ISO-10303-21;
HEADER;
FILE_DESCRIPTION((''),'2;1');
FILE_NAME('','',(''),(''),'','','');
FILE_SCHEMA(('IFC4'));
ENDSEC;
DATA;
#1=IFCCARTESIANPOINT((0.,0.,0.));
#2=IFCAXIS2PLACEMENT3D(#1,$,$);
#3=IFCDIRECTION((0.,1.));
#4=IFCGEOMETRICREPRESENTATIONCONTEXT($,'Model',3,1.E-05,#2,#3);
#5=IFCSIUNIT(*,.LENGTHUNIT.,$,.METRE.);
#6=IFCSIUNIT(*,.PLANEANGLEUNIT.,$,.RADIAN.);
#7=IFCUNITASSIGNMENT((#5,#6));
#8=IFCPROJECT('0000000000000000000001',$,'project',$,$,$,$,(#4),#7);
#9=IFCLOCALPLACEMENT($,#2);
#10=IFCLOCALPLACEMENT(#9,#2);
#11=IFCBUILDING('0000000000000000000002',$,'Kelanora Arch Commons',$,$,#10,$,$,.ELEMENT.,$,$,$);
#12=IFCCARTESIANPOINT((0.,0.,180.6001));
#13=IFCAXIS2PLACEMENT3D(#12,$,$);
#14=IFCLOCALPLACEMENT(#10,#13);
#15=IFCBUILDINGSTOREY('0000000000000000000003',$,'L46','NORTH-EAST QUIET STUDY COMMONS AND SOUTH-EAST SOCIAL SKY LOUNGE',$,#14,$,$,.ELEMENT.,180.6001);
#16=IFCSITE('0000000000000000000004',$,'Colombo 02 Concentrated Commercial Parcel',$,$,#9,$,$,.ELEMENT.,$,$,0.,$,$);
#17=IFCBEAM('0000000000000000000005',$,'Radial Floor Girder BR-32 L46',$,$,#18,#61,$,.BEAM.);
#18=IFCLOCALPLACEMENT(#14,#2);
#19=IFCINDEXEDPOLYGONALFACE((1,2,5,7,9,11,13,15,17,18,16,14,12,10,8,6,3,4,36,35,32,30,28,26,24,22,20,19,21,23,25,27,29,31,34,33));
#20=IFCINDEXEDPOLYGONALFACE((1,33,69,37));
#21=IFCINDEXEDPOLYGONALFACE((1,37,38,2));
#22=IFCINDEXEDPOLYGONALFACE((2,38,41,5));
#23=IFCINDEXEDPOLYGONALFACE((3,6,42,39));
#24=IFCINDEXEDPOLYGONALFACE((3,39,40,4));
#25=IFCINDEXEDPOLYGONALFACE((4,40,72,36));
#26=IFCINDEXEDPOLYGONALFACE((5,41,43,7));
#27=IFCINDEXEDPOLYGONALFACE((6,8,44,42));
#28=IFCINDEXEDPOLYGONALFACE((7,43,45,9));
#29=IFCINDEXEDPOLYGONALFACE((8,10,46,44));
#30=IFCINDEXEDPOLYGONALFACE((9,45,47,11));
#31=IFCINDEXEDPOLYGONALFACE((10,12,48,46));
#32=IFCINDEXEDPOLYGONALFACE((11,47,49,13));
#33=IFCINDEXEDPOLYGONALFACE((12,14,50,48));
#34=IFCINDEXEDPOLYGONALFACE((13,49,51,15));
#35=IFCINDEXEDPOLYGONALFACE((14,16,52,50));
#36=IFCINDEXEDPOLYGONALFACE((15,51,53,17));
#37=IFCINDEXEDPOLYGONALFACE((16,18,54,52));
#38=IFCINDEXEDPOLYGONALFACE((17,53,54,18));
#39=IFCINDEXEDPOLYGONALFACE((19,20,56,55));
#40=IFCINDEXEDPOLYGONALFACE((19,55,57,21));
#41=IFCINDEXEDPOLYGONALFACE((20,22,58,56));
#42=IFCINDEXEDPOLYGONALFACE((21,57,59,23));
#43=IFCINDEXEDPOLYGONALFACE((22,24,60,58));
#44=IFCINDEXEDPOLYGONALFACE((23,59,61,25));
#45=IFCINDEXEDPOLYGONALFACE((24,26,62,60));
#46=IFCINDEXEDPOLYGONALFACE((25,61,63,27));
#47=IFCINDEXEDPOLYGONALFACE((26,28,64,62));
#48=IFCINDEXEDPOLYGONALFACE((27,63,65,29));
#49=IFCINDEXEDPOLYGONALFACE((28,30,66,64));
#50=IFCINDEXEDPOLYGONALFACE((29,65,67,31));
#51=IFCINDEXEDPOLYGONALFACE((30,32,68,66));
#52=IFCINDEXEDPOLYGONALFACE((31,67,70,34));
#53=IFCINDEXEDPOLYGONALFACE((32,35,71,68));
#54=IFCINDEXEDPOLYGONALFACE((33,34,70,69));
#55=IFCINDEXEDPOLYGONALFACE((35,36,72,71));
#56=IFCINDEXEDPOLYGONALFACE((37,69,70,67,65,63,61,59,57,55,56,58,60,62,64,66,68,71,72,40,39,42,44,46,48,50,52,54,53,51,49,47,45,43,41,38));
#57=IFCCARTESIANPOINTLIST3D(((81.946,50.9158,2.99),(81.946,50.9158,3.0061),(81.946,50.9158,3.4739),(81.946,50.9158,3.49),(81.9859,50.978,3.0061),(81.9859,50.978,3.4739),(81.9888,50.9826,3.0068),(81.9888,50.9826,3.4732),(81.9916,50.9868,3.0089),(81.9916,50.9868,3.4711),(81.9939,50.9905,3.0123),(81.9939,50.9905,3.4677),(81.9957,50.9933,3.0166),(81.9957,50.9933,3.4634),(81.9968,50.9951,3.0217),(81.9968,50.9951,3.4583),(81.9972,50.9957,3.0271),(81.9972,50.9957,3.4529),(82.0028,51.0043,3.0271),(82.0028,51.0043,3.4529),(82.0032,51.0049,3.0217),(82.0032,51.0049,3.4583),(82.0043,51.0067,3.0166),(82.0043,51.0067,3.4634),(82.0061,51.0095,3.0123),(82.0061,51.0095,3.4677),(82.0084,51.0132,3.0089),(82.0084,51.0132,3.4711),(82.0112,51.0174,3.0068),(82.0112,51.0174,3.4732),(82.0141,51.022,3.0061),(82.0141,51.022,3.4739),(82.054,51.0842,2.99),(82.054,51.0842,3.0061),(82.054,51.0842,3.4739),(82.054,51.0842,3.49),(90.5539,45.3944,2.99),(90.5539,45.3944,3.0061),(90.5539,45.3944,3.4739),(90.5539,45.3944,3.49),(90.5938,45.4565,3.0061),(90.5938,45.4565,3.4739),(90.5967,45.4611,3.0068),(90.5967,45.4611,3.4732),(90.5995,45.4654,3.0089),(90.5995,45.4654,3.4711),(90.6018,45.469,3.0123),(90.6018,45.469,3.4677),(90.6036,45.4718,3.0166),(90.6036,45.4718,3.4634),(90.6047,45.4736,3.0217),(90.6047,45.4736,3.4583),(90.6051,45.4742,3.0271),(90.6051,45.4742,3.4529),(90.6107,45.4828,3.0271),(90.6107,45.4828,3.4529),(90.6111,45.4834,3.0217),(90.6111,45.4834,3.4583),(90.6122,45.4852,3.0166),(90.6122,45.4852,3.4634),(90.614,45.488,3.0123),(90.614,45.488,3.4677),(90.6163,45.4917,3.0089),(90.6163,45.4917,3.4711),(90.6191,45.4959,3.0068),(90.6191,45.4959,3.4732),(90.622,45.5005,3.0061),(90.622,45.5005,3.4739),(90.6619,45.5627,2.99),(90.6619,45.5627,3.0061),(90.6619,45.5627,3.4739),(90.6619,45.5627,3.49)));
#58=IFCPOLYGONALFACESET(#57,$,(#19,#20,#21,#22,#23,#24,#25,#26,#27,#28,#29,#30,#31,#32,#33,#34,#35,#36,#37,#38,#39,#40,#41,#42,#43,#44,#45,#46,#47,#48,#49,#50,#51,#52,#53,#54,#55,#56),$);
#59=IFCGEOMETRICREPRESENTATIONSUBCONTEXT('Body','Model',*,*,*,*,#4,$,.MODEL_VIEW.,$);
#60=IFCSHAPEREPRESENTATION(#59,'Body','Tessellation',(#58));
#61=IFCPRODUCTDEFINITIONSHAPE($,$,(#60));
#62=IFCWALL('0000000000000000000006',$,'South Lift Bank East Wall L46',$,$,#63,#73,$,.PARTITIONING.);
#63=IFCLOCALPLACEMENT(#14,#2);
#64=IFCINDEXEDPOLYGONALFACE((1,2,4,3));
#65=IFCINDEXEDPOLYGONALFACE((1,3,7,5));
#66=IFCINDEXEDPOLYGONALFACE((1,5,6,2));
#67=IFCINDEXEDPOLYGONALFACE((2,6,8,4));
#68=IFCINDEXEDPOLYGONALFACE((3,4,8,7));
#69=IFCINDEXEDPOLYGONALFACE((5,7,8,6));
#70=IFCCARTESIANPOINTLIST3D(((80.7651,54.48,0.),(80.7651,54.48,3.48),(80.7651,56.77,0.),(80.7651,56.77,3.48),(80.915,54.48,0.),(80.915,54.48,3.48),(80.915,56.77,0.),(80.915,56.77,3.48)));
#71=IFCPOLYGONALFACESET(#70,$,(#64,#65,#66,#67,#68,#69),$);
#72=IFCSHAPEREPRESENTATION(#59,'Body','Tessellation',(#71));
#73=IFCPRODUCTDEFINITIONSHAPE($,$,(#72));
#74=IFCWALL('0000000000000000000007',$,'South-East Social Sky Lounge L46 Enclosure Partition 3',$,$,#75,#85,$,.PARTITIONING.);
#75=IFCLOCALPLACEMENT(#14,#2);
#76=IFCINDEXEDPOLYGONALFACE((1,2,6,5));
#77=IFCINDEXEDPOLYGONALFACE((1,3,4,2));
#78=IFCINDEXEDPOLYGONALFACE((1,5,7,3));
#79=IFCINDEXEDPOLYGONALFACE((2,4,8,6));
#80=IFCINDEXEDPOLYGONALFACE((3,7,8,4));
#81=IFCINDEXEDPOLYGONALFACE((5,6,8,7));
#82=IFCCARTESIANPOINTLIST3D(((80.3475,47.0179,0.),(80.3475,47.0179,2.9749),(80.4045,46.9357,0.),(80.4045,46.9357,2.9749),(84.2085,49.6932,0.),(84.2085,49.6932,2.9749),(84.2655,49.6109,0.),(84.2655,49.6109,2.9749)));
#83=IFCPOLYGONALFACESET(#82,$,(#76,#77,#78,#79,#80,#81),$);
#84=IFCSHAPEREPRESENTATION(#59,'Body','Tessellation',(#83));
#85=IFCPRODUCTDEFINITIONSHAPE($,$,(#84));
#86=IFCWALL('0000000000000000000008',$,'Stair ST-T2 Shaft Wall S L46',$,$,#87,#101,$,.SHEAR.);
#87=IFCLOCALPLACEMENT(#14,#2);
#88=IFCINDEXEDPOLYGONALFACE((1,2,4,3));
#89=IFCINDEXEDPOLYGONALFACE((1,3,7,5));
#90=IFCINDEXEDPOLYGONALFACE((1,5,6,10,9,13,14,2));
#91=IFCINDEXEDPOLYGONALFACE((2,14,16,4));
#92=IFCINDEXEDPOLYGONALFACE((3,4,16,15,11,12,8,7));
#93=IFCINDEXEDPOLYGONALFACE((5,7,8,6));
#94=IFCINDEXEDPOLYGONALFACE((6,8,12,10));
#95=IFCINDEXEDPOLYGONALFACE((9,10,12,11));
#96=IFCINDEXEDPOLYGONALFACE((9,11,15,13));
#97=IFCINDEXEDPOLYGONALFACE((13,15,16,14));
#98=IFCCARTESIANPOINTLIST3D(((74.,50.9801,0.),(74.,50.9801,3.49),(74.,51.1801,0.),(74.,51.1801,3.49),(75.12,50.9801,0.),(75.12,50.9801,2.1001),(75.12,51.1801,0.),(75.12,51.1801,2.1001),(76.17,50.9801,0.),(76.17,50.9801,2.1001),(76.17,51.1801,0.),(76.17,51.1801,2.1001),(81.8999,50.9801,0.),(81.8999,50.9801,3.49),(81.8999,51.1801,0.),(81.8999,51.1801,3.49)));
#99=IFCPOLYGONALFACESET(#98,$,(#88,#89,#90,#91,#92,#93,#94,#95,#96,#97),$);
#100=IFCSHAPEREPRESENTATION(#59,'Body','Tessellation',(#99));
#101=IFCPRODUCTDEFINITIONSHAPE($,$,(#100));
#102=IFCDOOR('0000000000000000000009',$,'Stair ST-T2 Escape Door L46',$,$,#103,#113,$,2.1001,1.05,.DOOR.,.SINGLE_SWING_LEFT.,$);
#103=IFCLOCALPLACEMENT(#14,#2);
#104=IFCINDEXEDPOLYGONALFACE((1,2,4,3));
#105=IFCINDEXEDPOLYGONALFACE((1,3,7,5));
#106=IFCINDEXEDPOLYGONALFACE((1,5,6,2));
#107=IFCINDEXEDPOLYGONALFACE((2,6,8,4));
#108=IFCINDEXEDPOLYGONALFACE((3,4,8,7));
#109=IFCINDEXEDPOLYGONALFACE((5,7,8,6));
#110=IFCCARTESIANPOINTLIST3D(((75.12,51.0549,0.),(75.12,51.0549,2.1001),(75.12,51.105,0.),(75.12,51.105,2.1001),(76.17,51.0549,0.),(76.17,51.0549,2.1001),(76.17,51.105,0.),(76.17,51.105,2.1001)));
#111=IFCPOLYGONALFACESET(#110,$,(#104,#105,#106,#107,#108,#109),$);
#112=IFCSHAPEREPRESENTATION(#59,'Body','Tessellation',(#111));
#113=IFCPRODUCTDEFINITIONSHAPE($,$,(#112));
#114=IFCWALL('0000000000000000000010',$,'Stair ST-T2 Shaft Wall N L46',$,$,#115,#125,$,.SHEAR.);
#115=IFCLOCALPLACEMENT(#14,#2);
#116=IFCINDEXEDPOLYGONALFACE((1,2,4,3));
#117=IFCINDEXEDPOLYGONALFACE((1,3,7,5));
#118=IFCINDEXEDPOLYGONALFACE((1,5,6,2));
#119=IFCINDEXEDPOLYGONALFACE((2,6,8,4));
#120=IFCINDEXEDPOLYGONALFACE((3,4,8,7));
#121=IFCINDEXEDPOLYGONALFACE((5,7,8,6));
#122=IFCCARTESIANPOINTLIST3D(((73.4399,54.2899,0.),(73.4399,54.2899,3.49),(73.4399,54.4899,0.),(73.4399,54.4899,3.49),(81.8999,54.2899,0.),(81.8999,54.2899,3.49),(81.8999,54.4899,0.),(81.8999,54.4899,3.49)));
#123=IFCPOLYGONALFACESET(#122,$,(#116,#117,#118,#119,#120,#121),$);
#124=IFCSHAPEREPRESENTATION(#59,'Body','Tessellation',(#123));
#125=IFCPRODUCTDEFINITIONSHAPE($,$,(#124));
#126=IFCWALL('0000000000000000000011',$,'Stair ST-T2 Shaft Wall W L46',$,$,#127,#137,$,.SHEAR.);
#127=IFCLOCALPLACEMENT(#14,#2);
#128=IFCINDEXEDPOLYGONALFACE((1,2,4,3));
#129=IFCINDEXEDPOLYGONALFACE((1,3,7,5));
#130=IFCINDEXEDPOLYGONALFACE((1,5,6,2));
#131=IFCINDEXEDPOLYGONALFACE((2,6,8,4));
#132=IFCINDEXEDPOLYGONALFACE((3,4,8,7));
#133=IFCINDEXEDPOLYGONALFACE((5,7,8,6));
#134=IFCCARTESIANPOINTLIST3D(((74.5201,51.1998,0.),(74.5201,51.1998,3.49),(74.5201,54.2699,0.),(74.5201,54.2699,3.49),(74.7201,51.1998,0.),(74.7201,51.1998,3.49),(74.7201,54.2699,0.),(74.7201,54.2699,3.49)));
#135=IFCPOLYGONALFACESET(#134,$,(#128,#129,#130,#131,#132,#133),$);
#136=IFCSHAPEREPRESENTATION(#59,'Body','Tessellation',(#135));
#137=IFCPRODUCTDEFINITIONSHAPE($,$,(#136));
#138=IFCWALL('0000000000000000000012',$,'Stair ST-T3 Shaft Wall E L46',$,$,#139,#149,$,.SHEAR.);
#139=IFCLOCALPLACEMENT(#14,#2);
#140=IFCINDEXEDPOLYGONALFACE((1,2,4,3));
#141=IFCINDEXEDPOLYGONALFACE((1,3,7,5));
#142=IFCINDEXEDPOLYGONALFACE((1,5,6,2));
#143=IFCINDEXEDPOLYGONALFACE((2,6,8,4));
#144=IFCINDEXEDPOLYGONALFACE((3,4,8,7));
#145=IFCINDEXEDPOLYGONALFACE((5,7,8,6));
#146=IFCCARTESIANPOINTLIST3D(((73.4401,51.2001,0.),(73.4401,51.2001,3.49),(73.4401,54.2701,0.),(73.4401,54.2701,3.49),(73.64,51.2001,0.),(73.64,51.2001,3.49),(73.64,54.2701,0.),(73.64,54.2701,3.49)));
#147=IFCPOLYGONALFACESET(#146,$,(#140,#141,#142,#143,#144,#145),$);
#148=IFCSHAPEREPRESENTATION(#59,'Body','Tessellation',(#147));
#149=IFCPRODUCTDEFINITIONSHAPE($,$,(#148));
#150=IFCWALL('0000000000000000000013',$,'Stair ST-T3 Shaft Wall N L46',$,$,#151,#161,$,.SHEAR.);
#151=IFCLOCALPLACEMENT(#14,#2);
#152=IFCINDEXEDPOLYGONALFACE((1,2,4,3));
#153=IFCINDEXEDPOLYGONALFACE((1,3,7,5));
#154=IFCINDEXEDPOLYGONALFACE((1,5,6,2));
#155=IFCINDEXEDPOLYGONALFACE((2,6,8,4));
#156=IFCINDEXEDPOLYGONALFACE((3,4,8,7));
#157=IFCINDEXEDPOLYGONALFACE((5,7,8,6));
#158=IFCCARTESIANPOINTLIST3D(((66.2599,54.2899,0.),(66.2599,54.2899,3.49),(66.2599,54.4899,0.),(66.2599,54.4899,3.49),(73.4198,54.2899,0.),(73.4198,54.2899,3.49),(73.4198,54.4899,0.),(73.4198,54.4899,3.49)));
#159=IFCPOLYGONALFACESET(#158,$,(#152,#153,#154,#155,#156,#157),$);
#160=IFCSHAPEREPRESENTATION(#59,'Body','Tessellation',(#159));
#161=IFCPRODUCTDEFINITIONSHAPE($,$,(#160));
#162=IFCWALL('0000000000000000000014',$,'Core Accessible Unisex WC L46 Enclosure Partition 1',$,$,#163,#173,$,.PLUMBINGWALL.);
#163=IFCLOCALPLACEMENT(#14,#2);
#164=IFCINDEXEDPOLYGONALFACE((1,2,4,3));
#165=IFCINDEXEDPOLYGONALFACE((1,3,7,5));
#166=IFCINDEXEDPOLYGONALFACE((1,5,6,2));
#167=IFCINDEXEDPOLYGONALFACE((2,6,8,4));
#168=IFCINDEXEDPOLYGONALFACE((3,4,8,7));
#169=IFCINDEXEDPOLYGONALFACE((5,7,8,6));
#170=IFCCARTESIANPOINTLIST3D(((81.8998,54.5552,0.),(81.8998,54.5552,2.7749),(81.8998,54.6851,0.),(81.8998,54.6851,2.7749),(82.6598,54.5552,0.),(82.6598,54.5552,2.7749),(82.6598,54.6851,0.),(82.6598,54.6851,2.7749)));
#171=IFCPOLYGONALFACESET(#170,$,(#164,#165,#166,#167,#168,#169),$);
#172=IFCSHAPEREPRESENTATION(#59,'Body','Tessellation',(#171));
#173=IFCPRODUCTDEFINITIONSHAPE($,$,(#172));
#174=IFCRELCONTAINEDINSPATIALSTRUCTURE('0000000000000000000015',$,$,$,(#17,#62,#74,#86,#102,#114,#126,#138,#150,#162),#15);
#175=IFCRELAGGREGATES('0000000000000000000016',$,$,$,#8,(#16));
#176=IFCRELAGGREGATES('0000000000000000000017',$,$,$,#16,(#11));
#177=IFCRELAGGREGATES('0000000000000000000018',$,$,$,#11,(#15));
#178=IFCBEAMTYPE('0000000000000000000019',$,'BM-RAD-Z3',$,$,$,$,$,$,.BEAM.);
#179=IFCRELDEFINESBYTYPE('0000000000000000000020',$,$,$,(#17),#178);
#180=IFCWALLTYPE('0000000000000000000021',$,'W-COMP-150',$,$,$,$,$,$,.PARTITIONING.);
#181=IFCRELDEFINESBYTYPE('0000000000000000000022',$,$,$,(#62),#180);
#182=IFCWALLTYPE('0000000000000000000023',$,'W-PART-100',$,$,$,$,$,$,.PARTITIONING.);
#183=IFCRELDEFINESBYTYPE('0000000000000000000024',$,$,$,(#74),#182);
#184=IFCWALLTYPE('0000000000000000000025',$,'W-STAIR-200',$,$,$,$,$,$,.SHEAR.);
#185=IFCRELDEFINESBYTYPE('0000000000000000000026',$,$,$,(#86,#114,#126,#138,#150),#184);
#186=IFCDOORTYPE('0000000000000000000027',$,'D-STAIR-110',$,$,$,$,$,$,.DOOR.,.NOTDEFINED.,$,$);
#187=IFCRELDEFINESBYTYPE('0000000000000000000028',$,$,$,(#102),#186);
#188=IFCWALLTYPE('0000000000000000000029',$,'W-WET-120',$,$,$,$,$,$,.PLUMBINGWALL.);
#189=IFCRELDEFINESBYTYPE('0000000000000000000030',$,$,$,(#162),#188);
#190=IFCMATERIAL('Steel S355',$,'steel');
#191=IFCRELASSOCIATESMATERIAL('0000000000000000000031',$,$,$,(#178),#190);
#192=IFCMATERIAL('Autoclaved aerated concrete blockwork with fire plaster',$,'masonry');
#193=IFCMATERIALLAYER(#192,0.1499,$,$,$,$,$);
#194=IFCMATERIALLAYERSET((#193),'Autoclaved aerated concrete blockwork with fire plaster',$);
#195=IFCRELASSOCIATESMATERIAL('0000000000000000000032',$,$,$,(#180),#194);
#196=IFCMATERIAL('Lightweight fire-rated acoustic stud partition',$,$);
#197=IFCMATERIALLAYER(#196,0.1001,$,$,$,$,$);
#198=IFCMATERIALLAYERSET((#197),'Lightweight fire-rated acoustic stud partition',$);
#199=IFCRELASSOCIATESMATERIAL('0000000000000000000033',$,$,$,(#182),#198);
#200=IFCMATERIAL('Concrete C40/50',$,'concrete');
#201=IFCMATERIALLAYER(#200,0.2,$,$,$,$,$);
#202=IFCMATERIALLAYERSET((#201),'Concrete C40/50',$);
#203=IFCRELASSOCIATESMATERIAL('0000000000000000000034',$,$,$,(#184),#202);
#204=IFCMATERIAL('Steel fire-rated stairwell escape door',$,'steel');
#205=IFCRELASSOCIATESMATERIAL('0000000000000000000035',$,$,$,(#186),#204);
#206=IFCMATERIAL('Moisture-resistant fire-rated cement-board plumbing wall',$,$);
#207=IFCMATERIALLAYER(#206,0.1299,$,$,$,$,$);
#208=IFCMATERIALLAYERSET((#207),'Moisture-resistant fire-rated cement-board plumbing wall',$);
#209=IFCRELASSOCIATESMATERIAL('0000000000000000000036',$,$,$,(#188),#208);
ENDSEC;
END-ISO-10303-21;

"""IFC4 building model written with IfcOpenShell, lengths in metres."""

from ifc_helpers import new_model, si_unit, direction, frame, frame_2d, origin, origin_2d, place, context, subcontext, project, spatial, rectangle, i_section, extrude, material, layer, layer_set, material_profile, profile_set, type_object, element, fill, save


model = new_model("IFC4")

# Units and contexts
model_context = context("Model", 3, precision=1e-05, world=origin(), true_north=direction((0.0, 1.0)))
body_context = subcontext(model_context, "Body", "Model", "MODEL_VIEW")
ifc_project = project(units=[si_unit("LENGTHUNIT", "METRE"), si_unit("PLANEANGLEUNIT", "RADIAN")], contexts=[model_context])

# Site, building, storey
site_placement = place(None, origin())
site = spatial("IfcSite", under=ifc_project, at=site_placement, Name="Colombo 02 Concentrated Commercial Parcel", CompositionType="ELEMENT", RefElevation=0.0)
building_placement = place(site_placement, origin())
building = spatial("IfcBuilding", under=site, at=building_placement, Name="Kelanora Arch Commons", CompositionType="ELEMENT")
storey_placement = place(building_placement, frame((0.0, 0.0, 180.6001)))
storey = spatial("IfcBuildingStorey", under=building, at=storey_placement, Name="L46", Description="NORTH-EAST QUIET STUDY COMMONS AND SOUTH-EAST SOCIAL SKY LOUNGE", CompositionType="ELEMENT", Elevation=180.6001)

# Beam
ifc_material_1 = material(Name="Steel S355", Category="steel")
ifc_material_profile_1 = material_profile(ifc_material_1, i_section(OverallWidth=0.2, OverallDepth=0.5, WebThickness=0.0103, FlangeThickness=0.0161, FilletRadius=0.021, at=origin_2d()), Name="IPE500")
ifc_profile_set_1 = profile_set([ifc_material_profile_1], Name="Steel S355")
beam_type_1 = type_object("IfcBeamType", Name="BM-RAD-Z3", PredefinedType="BEAM", material=ifc_profile_set_1)
beam_1_placement = place(storey_placement, frame((82.0, 51.0, 3.24), z_axis=(0.841719, -0.539915, 0.0), x_axis=(0.539915, 0.841719, 0.0)))
element("IfcBeam", 1, at=beam_1_placement, inside=storey, type_object=beam_type_1, Name="Radial Floor Girder BR-32 L46", PredefinedType="BEAM", context=body_context, shape_type="SweptSolid", body=[
    extrude(i_section(OverallWidth=0.2, OverallDepth=0.5, WebThickness=0.0103, FlangeThickness=0.0161, FilletRadius=0.021, at=origin_2d()), origin(), (0.0, 0.0, 1.0), 10.2266),
])

# Walls
ifc_material_2 = material(Name="Autoclaved aerated concrete blockwork with fire plaster", Category="masonry")
ifc_layer_1 = layer(ifc_material_2, 0.1499)
ifc_layer_set_1 = layer_set([ifc_layer_1], Name="Autoclaved aerated concrete blockwork with fire plaster")
wall_type_1 = type_object("IfcWallType", Name="W-COMP-150", PredefinedType="PARTITIONING", material=ifc_layer_set_1)
wall_1_placement = place(storey_placement, frame((80.8401, 54.48, 0.0), z_axis=(0.0, 0.0, 1.0), x_axis=(0.0, 1.0, 0.0)))
element("IfcWall", 2, at=wall_1_placement, inside=storey, type_object=wall_type_1, Name="South Lift Bank East Wall L46", PredefinedType="PARTITIONING", context=body_context, shape_type="SweptSolid", body=[
    extrude(rectangle(XDim=2.29, YDim=0.1499, at=frame_2d((1.145, 0.0))), origin(), (0.0, 0.0, 1.0), 3.48),
])
ifc_material_3 = material(Name="Lightweight fire-rated acoustic stud partition")
ifc_layer_2 = layer(ifc_material_3, 0.1001)
ifc_layer_set_2 = layer_set([ifc_layer_2], Name="Lightweight fire-rated acoustic stud partition")
wall_type_2 = type_object("IfcWallType", Name="W-PART-100", PredefinedType="PARTITIONING", material=ifc_layer_set_2)
wall_2_placement = place(storey_placement, frame((80.376, 46.9768, 0.0), z_axis=(0.0, 0.0, 1.0), x_axis=(0.821969, 0.569532, 0.0)))
element("IfcWall", 3, at=wall_2_placement, inside=storey, type_object=wall_type_2, Name="South-East Social Sky Lounge L46 Enclosure Partition 3", PredefinedType="PARTITIONING", context=body_context, shape_type="SweptSolid", body=[
    extrude(rectangle(XDim=4.6973, YDim=0.1001, at=frame_2d((2.3486, 0.0))), origin(), (0.0, 0.0, 1.0), 2.9749),
])

# Wall, opening, door
ifc_material_4 = material(Name="Concrete C40/50", Category="concrete")
ifc_layer_3 = layer(ifc_material_4, 0.2)
ifc_layer_set_3 = layer_set([ifc_layer_3], Name="Concrete C40/50")
wall_type_3 = type_object("IfcWallType", Name="W-STAIR-200", PredefinedType="SHEAR", material=ifc_layer_set_3)
wall_3_placement = place(storey_placement, frame((74.0, 51.0801, 0.0), z_axis=(0.0, 0.0, 1.0), x_axis=(1.0, 0.0, 0.0)))
wall_3 = element("IfcWall", 4, at=wall_3_placement, inside=storey, type_object=wall_type_3, Name="Stair ST-T2 Shaft Wall S L46", PredefinedType="SHEAR", context=body_context, shape_type="SweptSolid", body=[
    extrude(rectangle(XDim=7.8999, YDim=0.2, at=frame_2d((3.95, 0.0))), origin(), (0.0, 0.0, 1.0), 3.49),
])
opening_placement = place(wall_3_placement, frame((1.1201, 0.0, 0.0)))
opening = element("IfcOpeningElement", 5, at=opening_placement, cuts=wall_3, PredefinedType="OPENING", context=body_context, shape_type="SweptSolid", body=[
    extrude(rectangle(XDim=1.05, YDim=2.1001, at=frame_2d((0.5249, 1.05))), frame((0.0, 0.1099, 0.0), z_axis=(0.0, -1.0, 0.0), x_axis=(1.0, 0.0, 0.0)), (0.0, 0.0, 1.0), 0.22),
])
ifc_material_5 = material(Name="Steel fire-rated stairwell escape door", Category="steel")
door_type = type_object("IfcDoorType", Name="D-STAIR-110", OperationType="NOTDEFINED", PredefinedType="DOOR", material=ifc_material_5)
door_placement = place(opening_placement, origin())
door = element("IfcDoor", 6, at=door_placement, inside=storey, type_object=door_type, Name="Stair ST-T2 Escape Door L46", OperationType="SINGLE_SWING_LEFT", OverallHeight=2.1001, OverallWidth=1.05, PredefinedType="DOOR", context=body_context, shape_type="SweptSolid", body=[
    extrude(rectangle(XDim=1.05, YDim=2.1001, at=frame_2d((0.5249, 1.05))), frame((0.0, 0.0249, 0.0), z_axis=(0.0, -1.0, 0.0), x_axis=(1.0, 0.0, 0.0)), (0.0, 0.0, 1.0), 0.05),
])
fill(opening, door)

# Walls
wall_4_placement = place(storey_placement, frame((81.8999, 54.3899, 0.0), z_axis=(0.0, 0.0, 1.0), x_axis=(-1.0, 0.0, 0.0)))
element("IfcWall", 7, at=wall_4_placement, inside=storey, type_object=wall_type_3, Name="Stair ST-T2 Shaft Wall N L46", PredefinedType="SHEAR", context=body_context, shape_type="SweptSolid", body=[
    extrude(rectangle(XDim=8.46, YDim=0.2, at=frame_2d((4.23, 0.0))), origin(), (0.0, 0.0, 1.0), 3.49),
])
for number, where, z_axis, x_axis, name in (
    (8, (74.6201, 54.27, 0.0), (0.0, 0.0, 1.0), (0.0, -1.0, 0.0), "Stair ST-T2 Shaft Wall W L46"),
    (9, (73.54, 51.2, 0.0), (0.0, 0.0, 1.0), (0.0, 1.0, 0.0), "Stair ST-T3 Shaft Wall E L46"),
):
    element("IfcWall", number, at=place(storey_placement, frame(where, z_axis=z_axis, x_axis=x_axis)), inside=storey, type_object=wall_type_3, Name=name, PredefinedType="SHEAR", context=body_context, shape_type="SweptSolid", body=[
        extrude(rectangle(XDim=3.0701, YDim=0.2, at=frame_2d((1.5352, 0.0))), origin(), (0.0, 0.0, 1.0), 3.49),
    ])
wall_5_placement = place(storey_placement, frame((73.4199, 54.3899, 0.0), z_axis=(0.0, 0.0, 1.0), x_axis=(-1.0, 0.0, 0.0)))
element("IfcWall", 10, at=wall_5_placement, inside=storey, type_object=wall_type_3, Name="Stair ST-T3 Shaft Wall N L46", PredefinedType="SHEAR", context=body_context, shape_type="SweptSolid", body=[
    extrude(rectangle(XDim=7.1599, YDim=0.2, at=frame_2d((3.5801, 0.0))), origin(), (0.0, 0.0, 1.0), 3.49),
])
ifc_material_6 = material(Name="Moisture-resistant fire-rated cement-board plumbing wall")
ifc_layer_4 = layer(ifc_material_6, 0.1299)
ifc_layer_set_4 = layer_set([ifc_layer_4], Name="Moisture-resistant fire-rated cement-board plumbing wall")
wall_type_4 = type_object("IfcWallType", Name="W-WET-120", PredefinedType="PLUMBINGWALL", material=ifc_layer_set_4)
wall_6_placement = place(storey_placement, frame((81.8999, 54.6201, 0.0), z_axis=(0.0, 0.0, 1.0), x_axis=(1.0, 0.0, 0.0)))
element("IfcWall", 11, at=wall_6_placement, inside=storey, type_object=wall_type_4, Name="Core Accessible Unisex WC L46 Enclosure Partition 1", PredefinedType="PLUMBINGWALL", context=body_context, shape_type="SweptSolid", body=[
    extrude(rectangle(XDim=0.76, YDim=0.1299, at=frame_2d((0.3799, 0.0))), origin(), (0.0, 0.0, 1.0), 2.7749),
])

save(model, "model.ifc")
